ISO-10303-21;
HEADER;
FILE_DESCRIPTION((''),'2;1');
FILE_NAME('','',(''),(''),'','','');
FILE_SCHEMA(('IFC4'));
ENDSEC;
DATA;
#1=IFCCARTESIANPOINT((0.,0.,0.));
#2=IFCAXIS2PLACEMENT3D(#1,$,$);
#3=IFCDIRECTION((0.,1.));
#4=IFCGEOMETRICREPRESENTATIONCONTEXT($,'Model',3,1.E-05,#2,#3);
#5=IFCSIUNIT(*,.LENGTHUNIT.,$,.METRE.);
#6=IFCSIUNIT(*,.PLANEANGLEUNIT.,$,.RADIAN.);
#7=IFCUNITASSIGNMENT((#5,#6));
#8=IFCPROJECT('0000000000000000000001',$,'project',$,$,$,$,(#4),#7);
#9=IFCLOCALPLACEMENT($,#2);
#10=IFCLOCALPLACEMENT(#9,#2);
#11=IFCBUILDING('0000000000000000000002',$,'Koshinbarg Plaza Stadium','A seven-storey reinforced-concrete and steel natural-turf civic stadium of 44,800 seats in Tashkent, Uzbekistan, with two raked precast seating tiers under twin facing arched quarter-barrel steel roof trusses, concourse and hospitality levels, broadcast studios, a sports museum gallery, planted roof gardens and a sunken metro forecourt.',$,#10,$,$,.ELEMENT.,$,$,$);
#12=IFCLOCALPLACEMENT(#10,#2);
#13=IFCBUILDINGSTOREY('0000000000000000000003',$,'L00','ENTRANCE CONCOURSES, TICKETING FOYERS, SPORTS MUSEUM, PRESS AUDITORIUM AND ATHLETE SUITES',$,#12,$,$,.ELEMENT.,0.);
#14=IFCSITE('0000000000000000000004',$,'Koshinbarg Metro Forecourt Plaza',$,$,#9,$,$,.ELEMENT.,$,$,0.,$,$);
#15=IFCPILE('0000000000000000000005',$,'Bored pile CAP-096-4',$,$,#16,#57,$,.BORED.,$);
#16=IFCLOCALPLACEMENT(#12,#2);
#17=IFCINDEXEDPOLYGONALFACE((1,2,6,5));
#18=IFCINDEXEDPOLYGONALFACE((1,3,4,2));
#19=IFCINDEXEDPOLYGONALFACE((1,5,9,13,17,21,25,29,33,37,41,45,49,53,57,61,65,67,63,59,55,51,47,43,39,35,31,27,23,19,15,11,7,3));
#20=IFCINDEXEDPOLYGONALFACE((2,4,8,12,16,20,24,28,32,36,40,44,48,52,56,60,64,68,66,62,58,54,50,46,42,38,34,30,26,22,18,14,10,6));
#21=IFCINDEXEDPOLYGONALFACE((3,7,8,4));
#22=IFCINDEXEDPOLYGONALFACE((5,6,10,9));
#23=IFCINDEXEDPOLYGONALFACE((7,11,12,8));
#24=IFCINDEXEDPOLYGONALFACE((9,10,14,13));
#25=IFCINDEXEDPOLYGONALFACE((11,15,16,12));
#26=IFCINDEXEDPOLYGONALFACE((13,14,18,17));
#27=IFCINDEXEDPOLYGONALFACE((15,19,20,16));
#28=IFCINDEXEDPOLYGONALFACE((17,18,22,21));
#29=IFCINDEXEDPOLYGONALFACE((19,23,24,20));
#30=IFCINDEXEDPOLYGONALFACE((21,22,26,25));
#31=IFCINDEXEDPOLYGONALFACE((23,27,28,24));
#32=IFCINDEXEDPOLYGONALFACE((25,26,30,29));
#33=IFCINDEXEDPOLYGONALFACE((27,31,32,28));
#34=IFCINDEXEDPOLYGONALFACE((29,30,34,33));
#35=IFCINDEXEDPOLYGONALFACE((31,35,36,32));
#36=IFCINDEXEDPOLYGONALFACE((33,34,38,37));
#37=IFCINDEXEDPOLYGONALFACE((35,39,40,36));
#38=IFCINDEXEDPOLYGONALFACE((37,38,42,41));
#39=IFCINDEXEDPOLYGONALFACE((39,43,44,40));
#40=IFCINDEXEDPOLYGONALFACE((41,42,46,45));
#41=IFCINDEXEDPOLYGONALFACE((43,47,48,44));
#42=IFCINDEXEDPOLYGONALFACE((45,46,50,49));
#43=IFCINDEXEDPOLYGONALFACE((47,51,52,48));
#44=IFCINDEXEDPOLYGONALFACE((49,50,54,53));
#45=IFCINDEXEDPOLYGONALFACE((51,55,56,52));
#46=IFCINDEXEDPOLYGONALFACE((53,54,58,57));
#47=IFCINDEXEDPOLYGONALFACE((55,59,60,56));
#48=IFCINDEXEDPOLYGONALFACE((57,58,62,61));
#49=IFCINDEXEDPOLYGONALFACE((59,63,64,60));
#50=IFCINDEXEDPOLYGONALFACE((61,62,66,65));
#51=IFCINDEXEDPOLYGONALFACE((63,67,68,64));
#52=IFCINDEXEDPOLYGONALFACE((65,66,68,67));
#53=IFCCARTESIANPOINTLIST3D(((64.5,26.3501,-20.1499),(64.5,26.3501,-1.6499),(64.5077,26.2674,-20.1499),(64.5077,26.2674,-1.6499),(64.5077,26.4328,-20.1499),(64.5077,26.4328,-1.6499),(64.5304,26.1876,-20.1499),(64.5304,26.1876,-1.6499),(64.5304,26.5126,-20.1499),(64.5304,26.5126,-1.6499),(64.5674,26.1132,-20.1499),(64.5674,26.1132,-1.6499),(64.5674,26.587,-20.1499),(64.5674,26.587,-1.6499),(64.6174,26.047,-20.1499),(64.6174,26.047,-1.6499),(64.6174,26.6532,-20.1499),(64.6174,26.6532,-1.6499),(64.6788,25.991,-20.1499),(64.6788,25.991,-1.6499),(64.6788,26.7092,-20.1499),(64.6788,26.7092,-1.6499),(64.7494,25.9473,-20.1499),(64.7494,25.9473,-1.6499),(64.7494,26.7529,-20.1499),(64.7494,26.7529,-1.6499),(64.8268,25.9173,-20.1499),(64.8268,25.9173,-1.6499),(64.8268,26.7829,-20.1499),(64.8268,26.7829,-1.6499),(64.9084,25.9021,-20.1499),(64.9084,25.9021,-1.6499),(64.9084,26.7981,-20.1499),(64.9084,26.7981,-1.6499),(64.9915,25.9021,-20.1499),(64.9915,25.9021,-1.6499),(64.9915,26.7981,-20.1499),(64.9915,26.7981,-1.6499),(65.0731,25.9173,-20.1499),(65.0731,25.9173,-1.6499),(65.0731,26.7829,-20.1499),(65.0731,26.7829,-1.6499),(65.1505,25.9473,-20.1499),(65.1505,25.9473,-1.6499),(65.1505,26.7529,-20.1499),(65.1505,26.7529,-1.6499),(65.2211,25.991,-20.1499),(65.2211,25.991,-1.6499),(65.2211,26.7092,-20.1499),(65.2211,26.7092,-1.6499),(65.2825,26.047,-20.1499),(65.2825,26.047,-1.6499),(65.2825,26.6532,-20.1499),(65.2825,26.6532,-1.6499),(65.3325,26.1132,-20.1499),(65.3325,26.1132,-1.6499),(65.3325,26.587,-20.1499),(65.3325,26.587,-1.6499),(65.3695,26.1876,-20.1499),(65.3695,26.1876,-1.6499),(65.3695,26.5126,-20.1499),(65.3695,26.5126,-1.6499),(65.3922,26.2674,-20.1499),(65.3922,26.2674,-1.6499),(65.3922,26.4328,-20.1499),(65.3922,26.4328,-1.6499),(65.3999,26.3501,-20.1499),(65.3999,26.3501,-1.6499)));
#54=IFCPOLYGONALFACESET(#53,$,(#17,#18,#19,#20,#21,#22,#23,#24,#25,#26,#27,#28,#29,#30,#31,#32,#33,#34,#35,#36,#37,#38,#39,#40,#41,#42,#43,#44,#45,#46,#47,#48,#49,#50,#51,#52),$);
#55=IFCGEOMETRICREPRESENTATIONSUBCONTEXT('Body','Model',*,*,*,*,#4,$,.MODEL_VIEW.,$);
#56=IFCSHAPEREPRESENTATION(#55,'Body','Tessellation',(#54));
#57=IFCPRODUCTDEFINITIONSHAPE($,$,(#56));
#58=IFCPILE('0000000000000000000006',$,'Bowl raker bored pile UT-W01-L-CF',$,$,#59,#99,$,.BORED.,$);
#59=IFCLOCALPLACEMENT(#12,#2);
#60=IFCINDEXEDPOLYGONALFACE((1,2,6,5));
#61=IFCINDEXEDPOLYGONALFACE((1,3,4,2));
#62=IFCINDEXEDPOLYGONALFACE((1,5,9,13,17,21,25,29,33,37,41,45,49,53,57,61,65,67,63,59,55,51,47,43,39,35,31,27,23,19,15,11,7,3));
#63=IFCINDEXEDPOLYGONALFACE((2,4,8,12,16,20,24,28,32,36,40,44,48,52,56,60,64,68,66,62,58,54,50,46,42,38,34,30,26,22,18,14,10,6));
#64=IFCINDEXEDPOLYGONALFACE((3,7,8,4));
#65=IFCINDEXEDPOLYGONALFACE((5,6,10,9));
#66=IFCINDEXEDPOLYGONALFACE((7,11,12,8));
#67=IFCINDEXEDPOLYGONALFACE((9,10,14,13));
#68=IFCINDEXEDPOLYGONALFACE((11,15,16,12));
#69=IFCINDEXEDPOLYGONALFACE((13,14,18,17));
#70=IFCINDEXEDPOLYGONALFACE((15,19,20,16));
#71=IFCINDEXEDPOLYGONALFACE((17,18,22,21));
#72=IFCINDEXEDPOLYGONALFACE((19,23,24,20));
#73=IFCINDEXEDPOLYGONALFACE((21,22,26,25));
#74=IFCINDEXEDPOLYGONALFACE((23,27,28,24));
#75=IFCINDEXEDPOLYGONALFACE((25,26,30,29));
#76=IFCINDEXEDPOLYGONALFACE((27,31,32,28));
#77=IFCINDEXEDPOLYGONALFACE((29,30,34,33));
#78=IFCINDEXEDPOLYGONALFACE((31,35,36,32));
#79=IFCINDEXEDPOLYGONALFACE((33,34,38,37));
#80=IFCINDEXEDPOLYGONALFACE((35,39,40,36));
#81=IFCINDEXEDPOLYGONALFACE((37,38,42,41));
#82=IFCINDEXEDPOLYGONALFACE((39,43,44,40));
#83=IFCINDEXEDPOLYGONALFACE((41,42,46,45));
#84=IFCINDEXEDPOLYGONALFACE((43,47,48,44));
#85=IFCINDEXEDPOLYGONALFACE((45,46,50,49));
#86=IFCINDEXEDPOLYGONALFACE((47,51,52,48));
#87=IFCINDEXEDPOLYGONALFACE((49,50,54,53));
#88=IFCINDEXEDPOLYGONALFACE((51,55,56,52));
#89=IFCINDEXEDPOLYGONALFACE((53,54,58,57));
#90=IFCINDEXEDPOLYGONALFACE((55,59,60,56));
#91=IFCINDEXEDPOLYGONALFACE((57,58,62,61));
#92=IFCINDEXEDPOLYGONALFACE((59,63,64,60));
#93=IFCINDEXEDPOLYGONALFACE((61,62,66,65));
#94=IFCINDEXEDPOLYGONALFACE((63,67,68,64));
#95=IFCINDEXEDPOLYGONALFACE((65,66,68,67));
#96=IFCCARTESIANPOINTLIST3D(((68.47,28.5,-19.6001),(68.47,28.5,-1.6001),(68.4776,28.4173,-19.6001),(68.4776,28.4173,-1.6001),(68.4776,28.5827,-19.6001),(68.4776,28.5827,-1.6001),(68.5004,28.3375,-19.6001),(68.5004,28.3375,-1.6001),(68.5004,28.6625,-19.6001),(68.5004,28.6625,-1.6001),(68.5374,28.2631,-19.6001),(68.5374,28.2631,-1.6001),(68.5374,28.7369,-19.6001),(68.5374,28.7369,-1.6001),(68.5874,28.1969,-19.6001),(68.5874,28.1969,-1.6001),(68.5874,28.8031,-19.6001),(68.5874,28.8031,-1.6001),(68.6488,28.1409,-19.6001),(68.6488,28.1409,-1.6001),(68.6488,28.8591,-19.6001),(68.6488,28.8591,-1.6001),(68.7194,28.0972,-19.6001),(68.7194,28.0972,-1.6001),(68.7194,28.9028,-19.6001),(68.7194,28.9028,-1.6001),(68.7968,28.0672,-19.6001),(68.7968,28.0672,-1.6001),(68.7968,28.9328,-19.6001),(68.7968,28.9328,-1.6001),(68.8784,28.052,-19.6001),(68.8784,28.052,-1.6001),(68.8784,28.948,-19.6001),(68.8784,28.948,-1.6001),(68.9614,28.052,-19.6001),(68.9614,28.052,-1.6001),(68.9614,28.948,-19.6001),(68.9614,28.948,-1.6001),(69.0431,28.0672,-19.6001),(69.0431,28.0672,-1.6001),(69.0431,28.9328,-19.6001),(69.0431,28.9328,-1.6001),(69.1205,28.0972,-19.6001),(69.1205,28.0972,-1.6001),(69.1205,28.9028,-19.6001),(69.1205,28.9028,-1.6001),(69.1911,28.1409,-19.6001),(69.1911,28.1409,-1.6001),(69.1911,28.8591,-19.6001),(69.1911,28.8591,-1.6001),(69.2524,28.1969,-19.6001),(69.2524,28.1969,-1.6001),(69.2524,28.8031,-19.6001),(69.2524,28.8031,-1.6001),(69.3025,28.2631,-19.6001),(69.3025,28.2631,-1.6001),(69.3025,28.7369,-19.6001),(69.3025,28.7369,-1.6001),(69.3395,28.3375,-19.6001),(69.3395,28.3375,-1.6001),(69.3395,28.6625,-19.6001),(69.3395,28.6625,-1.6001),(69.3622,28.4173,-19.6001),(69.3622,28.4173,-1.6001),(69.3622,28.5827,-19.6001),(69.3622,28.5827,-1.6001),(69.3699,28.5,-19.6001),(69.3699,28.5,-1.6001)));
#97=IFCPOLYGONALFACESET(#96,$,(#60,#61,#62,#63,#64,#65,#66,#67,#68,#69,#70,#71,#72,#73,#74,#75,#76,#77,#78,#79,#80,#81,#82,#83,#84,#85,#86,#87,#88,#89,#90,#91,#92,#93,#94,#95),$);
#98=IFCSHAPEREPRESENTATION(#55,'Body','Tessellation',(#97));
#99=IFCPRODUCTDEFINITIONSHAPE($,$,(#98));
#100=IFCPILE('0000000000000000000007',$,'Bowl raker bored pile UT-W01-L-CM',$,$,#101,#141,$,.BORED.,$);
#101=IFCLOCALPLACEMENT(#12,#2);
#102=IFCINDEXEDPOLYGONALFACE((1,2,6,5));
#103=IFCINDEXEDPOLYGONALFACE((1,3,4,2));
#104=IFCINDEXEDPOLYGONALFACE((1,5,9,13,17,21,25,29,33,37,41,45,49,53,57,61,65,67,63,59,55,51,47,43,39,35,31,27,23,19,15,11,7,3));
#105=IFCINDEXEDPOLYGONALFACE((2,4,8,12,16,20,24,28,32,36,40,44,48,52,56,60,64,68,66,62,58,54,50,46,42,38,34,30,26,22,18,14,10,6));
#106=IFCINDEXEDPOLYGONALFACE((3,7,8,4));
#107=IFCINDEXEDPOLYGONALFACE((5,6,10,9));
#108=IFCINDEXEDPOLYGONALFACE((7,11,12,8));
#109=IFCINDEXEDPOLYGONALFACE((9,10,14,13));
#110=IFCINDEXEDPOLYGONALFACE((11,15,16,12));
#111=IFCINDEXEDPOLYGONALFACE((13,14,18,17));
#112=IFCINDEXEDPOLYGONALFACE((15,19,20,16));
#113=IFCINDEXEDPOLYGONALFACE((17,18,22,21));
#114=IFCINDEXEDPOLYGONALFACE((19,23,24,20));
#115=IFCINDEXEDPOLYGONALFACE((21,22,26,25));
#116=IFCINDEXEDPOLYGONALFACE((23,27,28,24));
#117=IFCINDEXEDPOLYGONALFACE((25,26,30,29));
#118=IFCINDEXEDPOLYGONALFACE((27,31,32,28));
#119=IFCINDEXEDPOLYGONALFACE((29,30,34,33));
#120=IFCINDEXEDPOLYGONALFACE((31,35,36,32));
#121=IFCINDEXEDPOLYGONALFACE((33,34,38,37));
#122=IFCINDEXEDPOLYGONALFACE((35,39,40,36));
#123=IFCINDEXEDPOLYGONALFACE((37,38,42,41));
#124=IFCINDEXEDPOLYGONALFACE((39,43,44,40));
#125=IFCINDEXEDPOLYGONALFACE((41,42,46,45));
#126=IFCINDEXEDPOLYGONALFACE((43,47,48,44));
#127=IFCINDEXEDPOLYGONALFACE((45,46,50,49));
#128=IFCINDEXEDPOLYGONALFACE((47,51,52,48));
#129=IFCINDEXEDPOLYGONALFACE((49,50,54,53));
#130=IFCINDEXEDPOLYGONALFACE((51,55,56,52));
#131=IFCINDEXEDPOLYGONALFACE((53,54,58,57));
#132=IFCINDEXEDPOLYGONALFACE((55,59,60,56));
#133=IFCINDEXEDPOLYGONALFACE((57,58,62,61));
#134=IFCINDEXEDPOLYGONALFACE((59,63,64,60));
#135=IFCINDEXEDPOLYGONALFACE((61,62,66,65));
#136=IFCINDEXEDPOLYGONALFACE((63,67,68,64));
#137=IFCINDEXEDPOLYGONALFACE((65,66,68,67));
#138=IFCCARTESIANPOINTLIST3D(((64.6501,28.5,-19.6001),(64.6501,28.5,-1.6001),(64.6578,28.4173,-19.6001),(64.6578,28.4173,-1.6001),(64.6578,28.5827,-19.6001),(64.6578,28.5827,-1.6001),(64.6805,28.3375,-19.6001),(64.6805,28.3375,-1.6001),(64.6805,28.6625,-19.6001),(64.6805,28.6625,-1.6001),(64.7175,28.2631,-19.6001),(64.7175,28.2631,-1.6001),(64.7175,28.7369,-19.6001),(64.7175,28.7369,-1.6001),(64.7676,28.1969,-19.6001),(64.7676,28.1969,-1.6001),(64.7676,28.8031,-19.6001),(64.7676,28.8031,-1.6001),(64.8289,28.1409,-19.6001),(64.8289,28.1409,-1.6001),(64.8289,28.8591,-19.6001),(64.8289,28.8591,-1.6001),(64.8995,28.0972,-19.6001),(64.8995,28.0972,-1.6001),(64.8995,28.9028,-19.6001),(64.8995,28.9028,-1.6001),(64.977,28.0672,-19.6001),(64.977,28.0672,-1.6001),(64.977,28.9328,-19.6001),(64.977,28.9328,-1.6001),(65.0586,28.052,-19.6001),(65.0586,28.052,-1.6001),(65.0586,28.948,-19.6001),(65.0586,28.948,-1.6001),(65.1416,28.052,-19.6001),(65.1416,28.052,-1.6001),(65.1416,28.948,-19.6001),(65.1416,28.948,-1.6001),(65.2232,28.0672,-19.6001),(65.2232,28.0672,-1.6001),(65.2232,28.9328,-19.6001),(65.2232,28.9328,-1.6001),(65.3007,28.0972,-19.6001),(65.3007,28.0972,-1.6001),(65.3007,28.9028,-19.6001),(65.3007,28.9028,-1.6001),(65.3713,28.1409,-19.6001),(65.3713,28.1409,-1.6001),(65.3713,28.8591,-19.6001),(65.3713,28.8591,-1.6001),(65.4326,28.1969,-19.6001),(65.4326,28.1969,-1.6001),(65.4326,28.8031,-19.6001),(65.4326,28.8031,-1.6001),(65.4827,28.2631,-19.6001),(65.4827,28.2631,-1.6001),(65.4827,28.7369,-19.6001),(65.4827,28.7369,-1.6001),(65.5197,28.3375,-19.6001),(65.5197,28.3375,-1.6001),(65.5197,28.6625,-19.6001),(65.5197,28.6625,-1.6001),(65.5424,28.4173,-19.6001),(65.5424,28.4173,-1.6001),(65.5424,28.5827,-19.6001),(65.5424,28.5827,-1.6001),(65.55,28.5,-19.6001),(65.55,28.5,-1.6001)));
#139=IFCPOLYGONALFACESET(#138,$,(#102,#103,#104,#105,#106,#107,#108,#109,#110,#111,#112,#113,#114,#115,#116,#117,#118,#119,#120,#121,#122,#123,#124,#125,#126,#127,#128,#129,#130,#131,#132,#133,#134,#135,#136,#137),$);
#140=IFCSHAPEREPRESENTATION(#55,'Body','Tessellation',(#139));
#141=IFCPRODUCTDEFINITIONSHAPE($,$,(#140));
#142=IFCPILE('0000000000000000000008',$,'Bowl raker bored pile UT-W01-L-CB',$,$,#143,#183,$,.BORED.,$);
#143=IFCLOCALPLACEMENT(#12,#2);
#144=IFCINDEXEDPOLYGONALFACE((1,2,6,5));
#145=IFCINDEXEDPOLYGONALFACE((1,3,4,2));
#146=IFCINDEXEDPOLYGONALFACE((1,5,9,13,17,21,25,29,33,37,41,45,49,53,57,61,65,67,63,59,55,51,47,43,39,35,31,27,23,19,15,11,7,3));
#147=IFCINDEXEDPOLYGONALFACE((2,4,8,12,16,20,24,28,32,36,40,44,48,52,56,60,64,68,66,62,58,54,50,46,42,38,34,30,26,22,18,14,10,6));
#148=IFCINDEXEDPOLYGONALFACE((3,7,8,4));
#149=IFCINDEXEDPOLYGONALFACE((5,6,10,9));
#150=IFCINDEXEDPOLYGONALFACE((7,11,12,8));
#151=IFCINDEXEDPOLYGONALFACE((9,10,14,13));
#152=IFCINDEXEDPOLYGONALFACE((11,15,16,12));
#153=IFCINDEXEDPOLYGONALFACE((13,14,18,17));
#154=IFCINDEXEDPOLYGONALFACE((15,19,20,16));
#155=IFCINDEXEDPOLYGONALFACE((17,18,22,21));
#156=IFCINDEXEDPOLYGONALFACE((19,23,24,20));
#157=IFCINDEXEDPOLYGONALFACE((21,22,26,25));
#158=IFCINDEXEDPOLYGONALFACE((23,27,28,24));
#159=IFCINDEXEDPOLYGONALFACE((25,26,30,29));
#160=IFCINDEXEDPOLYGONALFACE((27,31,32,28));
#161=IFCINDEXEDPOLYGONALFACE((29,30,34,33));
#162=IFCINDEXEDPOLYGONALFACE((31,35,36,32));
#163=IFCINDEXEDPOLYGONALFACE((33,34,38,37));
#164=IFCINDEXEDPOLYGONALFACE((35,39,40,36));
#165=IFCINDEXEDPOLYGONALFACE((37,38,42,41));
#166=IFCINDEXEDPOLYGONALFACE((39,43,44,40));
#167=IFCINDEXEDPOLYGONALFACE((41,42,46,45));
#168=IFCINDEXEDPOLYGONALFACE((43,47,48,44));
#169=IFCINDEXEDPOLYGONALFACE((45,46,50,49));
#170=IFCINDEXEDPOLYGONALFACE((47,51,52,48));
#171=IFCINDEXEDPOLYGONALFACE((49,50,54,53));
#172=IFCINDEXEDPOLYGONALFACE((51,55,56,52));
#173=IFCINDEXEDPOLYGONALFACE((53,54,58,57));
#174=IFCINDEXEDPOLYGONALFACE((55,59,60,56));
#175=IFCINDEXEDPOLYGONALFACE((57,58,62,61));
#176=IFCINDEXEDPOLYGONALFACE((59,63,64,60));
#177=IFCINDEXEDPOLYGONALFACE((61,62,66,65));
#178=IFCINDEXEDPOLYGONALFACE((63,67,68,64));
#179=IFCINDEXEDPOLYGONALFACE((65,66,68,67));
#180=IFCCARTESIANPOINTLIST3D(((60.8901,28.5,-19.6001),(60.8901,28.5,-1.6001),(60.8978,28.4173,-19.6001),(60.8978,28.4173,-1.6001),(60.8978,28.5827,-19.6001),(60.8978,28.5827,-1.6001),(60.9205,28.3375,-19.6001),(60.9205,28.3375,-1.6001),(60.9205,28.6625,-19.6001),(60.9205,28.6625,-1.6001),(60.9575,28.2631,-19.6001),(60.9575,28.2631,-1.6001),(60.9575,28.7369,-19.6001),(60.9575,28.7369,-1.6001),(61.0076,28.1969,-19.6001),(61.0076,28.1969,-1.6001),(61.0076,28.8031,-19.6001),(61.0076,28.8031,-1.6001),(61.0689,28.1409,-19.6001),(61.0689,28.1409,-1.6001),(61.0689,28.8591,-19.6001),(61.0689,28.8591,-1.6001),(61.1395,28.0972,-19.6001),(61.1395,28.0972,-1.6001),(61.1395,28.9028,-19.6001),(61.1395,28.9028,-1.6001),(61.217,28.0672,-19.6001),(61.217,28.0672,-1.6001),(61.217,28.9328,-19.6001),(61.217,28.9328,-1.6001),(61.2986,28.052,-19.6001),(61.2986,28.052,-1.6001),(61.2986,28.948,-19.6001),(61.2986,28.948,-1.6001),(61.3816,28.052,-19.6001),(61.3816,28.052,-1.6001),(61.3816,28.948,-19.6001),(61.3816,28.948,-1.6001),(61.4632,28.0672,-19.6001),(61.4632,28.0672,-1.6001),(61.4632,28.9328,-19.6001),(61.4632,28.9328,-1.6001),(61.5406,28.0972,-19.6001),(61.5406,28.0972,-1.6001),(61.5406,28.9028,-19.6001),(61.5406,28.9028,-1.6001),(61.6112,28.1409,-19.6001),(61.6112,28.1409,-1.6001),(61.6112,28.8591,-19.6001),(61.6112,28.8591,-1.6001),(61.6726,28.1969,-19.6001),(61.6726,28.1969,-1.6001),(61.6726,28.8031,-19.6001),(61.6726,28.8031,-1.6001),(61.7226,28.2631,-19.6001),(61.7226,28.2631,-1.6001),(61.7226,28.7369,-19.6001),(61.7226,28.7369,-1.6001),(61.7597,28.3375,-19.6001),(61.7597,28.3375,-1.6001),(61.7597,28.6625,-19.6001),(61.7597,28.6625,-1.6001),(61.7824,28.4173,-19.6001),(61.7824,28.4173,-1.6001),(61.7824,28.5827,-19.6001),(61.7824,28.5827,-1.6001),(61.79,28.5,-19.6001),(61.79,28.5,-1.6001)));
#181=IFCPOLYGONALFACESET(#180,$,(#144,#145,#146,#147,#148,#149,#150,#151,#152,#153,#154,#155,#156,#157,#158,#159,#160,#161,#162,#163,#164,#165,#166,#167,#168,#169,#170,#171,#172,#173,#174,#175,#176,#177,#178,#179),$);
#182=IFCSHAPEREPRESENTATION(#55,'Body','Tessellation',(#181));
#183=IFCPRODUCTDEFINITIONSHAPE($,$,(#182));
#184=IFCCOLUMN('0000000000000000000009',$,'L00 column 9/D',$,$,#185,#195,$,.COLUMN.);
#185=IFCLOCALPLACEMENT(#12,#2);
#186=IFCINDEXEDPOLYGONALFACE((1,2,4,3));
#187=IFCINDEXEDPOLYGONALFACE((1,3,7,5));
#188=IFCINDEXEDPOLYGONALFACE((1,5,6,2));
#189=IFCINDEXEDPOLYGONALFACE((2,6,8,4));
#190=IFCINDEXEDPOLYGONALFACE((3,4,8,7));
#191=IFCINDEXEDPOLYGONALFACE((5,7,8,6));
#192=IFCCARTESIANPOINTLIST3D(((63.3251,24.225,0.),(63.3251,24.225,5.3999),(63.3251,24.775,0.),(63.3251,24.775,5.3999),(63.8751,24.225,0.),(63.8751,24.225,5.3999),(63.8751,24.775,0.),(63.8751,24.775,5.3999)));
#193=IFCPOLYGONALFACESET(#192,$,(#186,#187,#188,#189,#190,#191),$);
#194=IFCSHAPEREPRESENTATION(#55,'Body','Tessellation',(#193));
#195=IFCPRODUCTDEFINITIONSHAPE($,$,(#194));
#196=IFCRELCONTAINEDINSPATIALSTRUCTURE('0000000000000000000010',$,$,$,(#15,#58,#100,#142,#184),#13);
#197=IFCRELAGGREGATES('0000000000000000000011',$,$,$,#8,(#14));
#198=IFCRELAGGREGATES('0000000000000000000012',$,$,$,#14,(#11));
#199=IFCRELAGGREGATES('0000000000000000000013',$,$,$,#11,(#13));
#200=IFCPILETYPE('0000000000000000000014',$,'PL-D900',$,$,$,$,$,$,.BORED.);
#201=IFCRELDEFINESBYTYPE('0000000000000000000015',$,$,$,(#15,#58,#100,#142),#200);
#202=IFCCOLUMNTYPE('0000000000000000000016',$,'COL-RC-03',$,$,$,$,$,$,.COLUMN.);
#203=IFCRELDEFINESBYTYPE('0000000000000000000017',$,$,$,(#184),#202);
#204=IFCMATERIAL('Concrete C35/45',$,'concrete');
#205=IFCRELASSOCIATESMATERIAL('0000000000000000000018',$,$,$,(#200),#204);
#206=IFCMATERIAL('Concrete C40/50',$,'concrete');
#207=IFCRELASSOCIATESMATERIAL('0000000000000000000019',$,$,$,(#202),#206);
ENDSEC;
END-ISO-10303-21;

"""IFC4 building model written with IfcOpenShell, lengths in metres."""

from ifc_helpers import new_model, si_unit, direction, frame, origin, origin_2d, place, context, subcontext, project, spatial, rectangle, circle, extrude, material, material_profile, profile_set, type_object, element, save


model = new_model("IFC4")

# Units and contexts
model_context = context("Model", 3, precision=1e-05, world=origin(), true_north=direction((0.0, 1.0)))
body_context = subcontext(model_context, "Body", "Model", "MODEL_VIEW")
ifc_project = project(units=[si_unit("LENGTHUNIT", "METRE"), si_unit("PLANEANGLEUNIT", "RADIAN")], contexts=[model_context])

# Site, building, storey
site_placement = place(None, origin())
site = spatial("IfcSite", under=ifc_project, at=site_placement, Name="Koshinbarg Metro Forecourt Plaza", CompositionType="ELEMENT", RefElevation=0.0)
building_placement = place(site_placement, origin())
building = spatial("IfcBuilding", under=site, at=building_placement, Name="Koshinbarg Plaza Stadium", Description="A seven-storey reinforced-concrete and steel natural-turf civic stadium of 44,800 seats in Tashkent, Uzbekistan, with two raked precast seating tiers under twin facing arched quarter-barrel steel roof trusses, concourse and hospitality levels, broadcast studios, a sports museum gallery, planted roof gardens and a sunken metro forecourt.", CompositionType="ELEMENT")
storey_placement = place(building_placement, origin())
storey = spatial("IfcBuildingStorey", under=building, at=storey_placement, Name="L00", Description="ENTRANCE CONCOURSES, TICKETING FOYERS, SPORTS MUSEUM, PRESS AUDITORIUM AND ATHLETE SUITES", CompositionType="ELEMENT", Elevation=0.0)

# Shared definitions
ifc_material_1 = material(Name="Concrete C35/45", Category="concrete")

# Piles
ifc_material_profile_1 = material_profile(ifc_material_1, circle(Radius=0.45, at=origin_2d()), Name="PILE D900")
ifc_profile_set_1 = profile_set([ifc_material_profile_1], Name="Concrete C35/45")
pile_type_1 = type_object("IfcPileType", Name="PL-D900", PredefinedType="BORED", material=ifc_profile_set_1)
for number, where, z_axis, x_axis, name in (
    (1, (64.95, 26.3501, -1.6499), (0.0, 0.0, -1.0), (1.0, 0.0, 0.0), "Bored pile CAP-096-4"),
):
    element("IfcPile", number, at=place(storey_placement, frame(where, z_axis=z_axis, x_axis=x_axis)), inside=storey, type_object=pile_type_1, Name=name, PredefinedType="BORED", context=body_context, shape_type="SweptSolid", body=[
        extrude(circle(Radius=0.45, at=origin_2d()), origin(), (0.0, 0.0, 1.0), 18.5),
    ])
for number, where, z_axis, x_axis, name in (
    (2, (68.9199, 28.5, -1.6001), (0.0, 0.0, -1.0), (1.0, 0.0, 0.0), "Bowl raker bored pile UT-W01-L-CF"),
    (3, (65.1001, 28.5, -1.6001), (0.0, 0.0, -1.0), (1.0, 0.0, 0.0), "Bowl raker bored pile UT-W01-L-CM"),
    (4, (61.3401, 28.5, -1.6001), (0.0, 0.0, -1.0), (1.0, 0.0, 0.0), "Bowl raker bored pile UT-W01-L-CB"),
):
    element("IfcPile", number, at=place(storey_placement, frame(where, z_axis=z_axis, x_axis=x_axis)), inside=storey, type_object=pile_type_1, Name=name, PredefinedType="BORED", context=body_context, shape_type="SweptSolid", body=[
        extrude(circle(Radius=0.45, at=origin_2d()), origin(), (0.0, 0.0, 1.0), 18.0),
    ])

# Column
ifc_material_2 = material(Name="Concrete C40/50", Category="concrete")
ifc_material_profile_2 = material_profile(ifc_material_2, rectangle(XDim=0.55, YDim=0.55, at=origin_2d()), Name="RC 550x550")
ifc_profile_set_2 = profile_set([ifc_material_profile_2], Name="Concrete C40/50")
column_type_1 = type_object("IfcColumnType", Name="COL-RC-03", PredefinedType="COLUMN", material=ifc_profile_set_2)
column_1_placement = place(storey_placement, frame((63.6001, 24.5, 0.0), z_axis=(0.0, 0.0, 1.0), x_axis=(1.0, 0.0, 0.0)))
element("IfcColumn", 5, at=column_1_placement, inside=storey, type_object=column_type_1, Name="L00 column 9/D", PredefinedType="COLUMN", context=body_context, shape_type="SweptSolid", body=[
    extrude(rectangle(XDim=0.55, YDim=0.55, at=origin_2d()), origin(), (0.0, 0.0, 1.0), 5.3999),
])

save(model, "model.ifc")
